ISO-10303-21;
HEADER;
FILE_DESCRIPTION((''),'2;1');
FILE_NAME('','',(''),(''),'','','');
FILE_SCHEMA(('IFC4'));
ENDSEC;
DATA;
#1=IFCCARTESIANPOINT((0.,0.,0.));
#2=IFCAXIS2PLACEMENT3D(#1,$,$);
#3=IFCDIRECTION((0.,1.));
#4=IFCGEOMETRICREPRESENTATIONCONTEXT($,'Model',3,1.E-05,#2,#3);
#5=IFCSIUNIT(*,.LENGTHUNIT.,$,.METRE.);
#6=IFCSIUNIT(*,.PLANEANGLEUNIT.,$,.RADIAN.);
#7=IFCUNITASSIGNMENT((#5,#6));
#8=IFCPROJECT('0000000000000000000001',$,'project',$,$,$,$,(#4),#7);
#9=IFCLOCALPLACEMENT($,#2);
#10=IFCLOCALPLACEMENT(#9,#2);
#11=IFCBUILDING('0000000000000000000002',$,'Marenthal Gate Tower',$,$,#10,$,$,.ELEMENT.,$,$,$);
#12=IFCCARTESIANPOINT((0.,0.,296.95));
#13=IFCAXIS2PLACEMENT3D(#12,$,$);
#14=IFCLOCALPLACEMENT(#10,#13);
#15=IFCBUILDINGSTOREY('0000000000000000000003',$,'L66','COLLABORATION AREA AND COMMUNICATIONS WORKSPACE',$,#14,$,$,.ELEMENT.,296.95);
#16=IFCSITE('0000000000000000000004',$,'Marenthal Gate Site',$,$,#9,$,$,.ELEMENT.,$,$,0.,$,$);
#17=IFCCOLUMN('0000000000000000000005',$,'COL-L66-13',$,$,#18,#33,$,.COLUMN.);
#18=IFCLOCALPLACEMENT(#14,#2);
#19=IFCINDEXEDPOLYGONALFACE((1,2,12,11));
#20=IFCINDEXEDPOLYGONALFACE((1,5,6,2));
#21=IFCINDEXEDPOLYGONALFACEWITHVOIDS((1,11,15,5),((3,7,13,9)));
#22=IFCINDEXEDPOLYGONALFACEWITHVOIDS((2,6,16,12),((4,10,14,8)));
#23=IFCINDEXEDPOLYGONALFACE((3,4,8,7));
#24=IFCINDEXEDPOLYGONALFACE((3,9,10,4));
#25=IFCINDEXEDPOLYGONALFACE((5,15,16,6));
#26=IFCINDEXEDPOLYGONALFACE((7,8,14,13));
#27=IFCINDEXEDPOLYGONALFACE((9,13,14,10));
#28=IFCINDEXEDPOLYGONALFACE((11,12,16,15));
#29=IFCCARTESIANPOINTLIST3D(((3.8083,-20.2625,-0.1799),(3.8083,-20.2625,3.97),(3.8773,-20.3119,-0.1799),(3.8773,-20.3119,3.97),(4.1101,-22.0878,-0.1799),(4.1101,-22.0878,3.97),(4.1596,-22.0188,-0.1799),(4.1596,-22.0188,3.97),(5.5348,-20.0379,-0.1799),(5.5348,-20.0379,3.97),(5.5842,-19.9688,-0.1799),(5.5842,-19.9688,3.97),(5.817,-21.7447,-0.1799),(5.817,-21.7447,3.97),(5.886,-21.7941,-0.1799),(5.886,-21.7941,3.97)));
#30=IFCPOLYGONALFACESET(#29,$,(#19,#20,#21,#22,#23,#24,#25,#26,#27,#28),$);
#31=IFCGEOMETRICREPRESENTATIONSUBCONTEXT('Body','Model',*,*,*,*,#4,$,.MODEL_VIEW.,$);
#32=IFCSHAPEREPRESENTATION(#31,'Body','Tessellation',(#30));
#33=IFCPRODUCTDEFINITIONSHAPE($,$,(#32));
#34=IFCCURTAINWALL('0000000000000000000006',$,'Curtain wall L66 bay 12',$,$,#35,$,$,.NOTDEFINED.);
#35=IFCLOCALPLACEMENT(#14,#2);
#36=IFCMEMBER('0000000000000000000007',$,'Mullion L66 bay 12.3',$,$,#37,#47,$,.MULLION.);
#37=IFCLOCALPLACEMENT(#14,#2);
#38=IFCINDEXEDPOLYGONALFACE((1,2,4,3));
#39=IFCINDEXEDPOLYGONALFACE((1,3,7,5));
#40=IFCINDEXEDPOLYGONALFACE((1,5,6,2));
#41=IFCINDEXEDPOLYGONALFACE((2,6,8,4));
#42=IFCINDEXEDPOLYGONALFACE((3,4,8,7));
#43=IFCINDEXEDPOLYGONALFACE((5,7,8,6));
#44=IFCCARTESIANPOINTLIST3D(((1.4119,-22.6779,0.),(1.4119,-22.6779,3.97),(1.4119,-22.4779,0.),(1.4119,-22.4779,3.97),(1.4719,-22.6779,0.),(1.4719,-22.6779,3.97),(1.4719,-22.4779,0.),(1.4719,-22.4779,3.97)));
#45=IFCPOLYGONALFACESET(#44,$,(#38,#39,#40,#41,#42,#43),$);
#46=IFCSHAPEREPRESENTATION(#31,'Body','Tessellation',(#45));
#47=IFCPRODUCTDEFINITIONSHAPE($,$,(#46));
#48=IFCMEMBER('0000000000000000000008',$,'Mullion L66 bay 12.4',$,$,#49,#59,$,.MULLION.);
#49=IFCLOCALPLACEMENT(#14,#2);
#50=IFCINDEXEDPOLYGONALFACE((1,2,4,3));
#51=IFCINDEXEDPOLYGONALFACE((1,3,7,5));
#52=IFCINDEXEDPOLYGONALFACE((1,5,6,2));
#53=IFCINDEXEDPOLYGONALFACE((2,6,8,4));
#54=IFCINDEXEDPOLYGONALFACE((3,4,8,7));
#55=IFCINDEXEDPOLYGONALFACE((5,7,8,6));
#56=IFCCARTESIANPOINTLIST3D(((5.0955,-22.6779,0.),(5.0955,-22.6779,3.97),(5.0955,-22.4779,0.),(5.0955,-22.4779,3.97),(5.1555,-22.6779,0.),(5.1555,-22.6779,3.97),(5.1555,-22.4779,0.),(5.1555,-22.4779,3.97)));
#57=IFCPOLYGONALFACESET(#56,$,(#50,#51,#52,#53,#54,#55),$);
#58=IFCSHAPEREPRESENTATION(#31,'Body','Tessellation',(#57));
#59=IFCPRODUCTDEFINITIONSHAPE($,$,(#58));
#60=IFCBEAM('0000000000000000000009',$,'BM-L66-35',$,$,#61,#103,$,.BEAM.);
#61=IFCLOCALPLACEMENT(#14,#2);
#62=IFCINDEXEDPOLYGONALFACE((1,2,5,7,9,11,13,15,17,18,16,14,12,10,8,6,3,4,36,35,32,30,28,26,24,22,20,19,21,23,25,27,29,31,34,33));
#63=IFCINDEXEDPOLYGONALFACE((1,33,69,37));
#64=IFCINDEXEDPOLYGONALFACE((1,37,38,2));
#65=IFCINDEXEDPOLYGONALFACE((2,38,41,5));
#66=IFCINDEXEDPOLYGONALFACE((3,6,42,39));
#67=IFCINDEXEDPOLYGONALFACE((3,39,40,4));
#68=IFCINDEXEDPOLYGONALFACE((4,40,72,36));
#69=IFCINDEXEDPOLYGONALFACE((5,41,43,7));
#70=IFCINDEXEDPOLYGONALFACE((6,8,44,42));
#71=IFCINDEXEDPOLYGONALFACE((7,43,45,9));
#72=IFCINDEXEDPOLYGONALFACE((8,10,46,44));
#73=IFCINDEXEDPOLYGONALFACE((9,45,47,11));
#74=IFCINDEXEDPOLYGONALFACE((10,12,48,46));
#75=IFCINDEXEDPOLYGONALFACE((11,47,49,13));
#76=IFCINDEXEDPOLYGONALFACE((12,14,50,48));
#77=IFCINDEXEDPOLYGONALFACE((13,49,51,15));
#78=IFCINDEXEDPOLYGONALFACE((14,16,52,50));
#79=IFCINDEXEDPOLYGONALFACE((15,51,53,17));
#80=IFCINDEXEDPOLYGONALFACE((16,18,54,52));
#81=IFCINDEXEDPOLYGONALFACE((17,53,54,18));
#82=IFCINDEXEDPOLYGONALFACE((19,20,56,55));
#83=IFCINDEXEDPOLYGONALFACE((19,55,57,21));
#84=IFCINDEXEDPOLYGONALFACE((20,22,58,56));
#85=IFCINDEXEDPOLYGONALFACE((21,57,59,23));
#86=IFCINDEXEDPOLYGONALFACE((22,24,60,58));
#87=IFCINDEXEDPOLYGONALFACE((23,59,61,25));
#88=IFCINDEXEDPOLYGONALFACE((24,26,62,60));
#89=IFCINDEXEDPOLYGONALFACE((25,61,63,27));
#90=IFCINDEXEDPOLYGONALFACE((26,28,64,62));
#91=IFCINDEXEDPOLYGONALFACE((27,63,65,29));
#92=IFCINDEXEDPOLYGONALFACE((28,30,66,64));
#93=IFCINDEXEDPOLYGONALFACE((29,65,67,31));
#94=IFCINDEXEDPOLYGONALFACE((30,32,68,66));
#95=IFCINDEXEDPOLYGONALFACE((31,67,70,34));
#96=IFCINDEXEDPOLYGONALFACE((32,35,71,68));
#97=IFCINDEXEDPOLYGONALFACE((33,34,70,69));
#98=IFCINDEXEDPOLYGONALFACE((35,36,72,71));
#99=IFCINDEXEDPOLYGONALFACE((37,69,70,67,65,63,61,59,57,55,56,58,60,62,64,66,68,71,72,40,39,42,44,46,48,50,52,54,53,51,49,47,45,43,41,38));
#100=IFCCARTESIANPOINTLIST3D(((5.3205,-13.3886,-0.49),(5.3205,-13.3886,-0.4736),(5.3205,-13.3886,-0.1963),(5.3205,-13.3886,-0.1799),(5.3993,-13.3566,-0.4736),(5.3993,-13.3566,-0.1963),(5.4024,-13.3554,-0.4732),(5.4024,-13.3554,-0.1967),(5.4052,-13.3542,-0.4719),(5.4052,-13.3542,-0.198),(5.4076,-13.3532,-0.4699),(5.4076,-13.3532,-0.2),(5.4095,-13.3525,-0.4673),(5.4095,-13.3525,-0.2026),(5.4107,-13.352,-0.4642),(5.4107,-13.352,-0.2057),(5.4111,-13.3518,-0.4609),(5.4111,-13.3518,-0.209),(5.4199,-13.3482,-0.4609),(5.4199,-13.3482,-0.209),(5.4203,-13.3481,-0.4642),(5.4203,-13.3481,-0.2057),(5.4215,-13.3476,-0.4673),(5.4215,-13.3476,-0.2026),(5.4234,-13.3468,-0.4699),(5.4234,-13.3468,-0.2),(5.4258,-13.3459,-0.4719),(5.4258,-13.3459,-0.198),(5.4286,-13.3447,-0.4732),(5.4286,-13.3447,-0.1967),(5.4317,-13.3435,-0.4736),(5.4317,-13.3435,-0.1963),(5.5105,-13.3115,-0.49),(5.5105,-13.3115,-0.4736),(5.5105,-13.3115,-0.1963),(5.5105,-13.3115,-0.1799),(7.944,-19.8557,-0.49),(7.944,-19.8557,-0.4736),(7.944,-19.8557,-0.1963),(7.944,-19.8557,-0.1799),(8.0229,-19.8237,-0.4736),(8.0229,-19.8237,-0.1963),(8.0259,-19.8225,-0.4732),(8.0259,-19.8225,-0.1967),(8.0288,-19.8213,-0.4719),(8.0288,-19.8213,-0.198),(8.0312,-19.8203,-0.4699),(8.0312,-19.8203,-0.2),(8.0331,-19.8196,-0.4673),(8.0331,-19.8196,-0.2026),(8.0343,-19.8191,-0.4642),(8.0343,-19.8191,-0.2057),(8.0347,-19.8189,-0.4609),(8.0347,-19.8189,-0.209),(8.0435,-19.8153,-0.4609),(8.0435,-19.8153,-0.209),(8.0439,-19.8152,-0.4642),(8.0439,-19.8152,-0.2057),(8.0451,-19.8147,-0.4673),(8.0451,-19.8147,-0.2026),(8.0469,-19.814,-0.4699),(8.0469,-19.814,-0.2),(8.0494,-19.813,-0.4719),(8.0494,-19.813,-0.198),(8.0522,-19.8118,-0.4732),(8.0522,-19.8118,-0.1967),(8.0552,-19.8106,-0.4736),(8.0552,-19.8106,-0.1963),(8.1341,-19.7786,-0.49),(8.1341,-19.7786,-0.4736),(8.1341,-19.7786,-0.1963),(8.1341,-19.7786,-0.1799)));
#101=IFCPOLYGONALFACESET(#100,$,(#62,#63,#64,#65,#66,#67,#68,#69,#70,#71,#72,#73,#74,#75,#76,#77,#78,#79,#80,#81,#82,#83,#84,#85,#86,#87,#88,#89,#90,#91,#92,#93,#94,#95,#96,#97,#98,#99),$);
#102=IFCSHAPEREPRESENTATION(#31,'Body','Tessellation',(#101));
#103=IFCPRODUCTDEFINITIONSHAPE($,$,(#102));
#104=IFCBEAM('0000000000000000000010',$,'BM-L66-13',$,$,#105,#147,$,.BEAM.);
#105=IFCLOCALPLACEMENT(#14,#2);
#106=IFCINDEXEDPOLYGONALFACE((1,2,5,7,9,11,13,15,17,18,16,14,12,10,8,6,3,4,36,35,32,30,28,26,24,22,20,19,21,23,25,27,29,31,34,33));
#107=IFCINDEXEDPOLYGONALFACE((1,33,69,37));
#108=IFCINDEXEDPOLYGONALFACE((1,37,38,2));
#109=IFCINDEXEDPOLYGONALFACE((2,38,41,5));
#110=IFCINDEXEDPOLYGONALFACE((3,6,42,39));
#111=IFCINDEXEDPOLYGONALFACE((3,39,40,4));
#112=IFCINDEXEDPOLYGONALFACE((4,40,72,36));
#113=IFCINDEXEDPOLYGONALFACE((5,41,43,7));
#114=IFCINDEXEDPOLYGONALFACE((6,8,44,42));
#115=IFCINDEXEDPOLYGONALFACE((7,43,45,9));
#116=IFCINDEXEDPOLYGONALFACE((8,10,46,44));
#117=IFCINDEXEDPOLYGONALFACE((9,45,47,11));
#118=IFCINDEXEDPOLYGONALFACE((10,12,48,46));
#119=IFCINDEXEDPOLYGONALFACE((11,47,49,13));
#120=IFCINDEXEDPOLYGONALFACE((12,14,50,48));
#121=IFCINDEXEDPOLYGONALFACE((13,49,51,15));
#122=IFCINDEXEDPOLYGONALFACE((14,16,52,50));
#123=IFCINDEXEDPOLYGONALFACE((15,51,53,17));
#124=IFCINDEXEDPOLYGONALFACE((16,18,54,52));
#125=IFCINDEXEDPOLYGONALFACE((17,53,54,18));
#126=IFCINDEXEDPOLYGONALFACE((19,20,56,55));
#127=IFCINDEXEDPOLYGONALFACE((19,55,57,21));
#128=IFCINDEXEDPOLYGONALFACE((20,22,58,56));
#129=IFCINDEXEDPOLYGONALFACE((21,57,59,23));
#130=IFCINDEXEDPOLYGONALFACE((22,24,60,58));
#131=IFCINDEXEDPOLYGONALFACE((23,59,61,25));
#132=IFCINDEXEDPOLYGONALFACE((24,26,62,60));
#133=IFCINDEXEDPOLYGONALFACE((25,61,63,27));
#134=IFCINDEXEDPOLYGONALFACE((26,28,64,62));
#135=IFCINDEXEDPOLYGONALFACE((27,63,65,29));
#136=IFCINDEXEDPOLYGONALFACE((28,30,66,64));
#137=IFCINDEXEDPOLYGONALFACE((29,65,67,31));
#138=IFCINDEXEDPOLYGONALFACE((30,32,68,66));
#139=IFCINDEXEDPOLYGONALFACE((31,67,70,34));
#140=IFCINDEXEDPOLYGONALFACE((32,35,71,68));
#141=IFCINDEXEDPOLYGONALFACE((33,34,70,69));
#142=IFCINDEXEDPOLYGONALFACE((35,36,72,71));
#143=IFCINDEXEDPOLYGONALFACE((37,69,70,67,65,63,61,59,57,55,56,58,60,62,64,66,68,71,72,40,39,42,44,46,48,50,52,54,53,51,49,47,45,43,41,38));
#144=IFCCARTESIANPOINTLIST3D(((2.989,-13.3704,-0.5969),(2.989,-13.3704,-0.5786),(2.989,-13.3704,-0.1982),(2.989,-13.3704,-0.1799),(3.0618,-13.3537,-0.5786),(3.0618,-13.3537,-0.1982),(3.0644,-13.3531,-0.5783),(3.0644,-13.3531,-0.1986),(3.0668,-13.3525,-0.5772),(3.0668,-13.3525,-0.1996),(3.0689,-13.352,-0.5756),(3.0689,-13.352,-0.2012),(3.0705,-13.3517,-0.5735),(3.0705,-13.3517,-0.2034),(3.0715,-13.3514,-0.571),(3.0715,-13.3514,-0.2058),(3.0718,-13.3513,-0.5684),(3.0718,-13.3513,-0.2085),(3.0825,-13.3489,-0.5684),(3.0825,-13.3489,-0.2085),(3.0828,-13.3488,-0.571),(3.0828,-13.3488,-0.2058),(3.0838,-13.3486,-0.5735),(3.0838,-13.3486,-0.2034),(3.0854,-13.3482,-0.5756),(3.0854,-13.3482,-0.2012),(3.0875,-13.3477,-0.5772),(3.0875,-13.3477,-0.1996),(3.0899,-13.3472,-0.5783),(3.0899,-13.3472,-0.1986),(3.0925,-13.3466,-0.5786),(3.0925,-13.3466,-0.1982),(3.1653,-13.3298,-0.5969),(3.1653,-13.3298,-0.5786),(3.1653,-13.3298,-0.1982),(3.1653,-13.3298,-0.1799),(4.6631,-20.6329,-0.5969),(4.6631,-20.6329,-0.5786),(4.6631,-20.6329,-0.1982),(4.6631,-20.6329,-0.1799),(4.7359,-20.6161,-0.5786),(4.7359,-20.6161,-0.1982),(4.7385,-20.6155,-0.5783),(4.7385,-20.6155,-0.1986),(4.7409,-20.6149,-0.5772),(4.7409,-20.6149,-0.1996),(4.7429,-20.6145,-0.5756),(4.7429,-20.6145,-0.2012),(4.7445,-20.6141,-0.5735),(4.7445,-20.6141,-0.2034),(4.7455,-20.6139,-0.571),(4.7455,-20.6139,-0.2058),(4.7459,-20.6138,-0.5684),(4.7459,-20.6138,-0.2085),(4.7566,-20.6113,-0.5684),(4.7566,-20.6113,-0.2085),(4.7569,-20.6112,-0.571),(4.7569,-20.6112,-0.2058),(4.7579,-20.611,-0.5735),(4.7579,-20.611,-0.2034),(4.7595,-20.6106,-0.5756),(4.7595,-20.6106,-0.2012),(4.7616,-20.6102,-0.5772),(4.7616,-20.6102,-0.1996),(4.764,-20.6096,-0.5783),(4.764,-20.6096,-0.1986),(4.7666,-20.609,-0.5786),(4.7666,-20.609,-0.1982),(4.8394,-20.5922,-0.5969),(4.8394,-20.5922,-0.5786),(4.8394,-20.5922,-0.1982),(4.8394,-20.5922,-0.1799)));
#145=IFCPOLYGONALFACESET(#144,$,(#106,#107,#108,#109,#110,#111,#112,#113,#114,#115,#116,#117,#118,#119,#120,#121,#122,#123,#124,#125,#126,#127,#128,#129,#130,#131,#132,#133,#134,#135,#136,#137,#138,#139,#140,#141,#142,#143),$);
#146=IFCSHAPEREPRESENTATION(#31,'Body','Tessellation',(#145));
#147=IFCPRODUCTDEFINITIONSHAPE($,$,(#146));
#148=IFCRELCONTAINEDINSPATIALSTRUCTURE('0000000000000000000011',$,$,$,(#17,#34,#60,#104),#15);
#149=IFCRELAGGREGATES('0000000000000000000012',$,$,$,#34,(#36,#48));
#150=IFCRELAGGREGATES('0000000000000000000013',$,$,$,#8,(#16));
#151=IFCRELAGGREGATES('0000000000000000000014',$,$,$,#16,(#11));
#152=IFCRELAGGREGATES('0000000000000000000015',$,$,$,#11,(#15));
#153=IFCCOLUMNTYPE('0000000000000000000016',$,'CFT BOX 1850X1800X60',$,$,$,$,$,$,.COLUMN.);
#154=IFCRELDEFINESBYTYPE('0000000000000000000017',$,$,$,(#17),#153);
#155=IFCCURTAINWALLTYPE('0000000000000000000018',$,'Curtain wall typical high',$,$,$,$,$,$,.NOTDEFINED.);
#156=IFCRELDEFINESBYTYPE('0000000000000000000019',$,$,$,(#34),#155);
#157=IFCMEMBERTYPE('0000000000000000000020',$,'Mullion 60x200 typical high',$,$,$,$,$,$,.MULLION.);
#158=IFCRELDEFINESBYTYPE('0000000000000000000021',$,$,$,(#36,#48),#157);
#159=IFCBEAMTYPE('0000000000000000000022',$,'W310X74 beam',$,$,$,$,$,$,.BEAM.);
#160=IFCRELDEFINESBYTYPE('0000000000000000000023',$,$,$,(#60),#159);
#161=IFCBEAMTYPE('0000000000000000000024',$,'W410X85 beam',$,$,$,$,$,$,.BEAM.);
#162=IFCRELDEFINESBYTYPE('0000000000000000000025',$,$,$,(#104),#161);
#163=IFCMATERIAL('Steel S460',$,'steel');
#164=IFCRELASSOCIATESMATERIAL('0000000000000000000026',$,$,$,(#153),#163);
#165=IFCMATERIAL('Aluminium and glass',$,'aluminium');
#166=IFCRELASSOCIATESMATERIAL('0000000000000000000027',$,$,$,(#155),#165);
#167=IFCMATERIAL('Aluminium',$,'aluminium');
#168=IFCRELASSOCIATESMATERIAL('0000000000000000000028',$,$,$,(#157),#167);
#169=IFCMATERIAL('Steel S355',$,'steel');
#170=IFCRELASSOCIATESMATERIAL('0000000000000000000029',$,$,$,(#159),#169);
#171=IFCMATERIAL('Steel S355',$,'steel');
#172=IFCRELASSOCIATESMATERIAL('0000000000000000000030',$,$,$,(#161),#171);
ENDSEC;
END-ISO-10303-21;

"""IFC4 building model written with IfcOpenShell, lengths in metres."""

from ifc_helpers import new_model, si_unit, direction, frame, origin, origin_2d, place, context, subcontext, project, spatial, rectangle, hollow_rectangle, i_section, extrude, material, material_profile, profile_set, type_object, element, aggregate, save


model = new_model("IFC4")

# Units and contexts
model_context = context("Model", 3, precision=1e-05, world=origin(), true_north=direction((0.0, 1.0)))
body_context = subcontext(model_context, "Body", "Model", "MODEL_VIEW")
ifc_project = project(units=[si_unit("LENGTHUNIT", "METRE"), si_unit("PLANEANGLEUNIT", "RADIAN")], contexts=[model_context])

# Site, building, storey
site_placement = place(None, origin())
site = spatial("IfcSite", under=ifc_project, at=site_placement, Name="Marenthal Gate Site", CompositionType="ELEMENT", RefElevation=0.0)
building_placement = place(site_placement, origin())
building = spatial("IfcBuilding", under=site, at=building_placement, Name="Marenthal Gate Tower", CompositionType="ELEMENT")
storey_placement = place(building_placement, frame((0.0, 0.0, 296.95)))
storey = spatial("IfcBuildingStorey", under=building, at=storey_placement, Name="L66", Description="COLLABORATION AREA AND COMMUNICATIONS WORKSPACE", CompositionType="ELEMENT", Elevation=296.95)

# Column
ifc_material_1 = material(Name="Steel S460", Category="steel")
ifc_material_profile_1 = material_profile(ifc_material_1, hollow_rectangle(XDim=1.8, YDim=1.8501, WallThickness=0.0601, at=origin_2d()), Name="CFT BOX 1850X1800X60")
ifc_material_2 = material(Name="Concrete 70 MPa", Category="concrete")
ifc_material_profile_2 = material_profile(ifc_material_2, rectangle(XDim=1.6799, YDim=1.73, at=origin_2d()), Name="CFT BOX 1850X1800X60 INFILL")
ifc_profile_set_1 = profile_set([ifc_material_profile_1, ifc_material_profile_2], Name="Steel S460 shell, Concrete 70 MPa infill")
column_type = type_object("IfcColumnType", Name="CFT BOX 1850X1800X60", PredefinedType="COLUMN", material=ifc_profile_set_1)
column_placement = place(storey_placement, frame((4.8472, -21.0283, -0.1799), z_axis=(0.0, 0.0, 1.0), x_axis=(-0.986603, -0.163137, 0.0)))
element("IfcColumn", 1, at=column_placement, inside=storey, type_object=column_type, Name="COL-L66-13", PredefinedType="COLUMN", context=body_context, shape_type="SweptSolid", body=[
    extrude(hollow_rectangle(XDim=1.8, YDim=1.8501, WallThickness=0.0601, at=origin_2d()), origin(), (0.0, 0.0, 1.0), 4.1499),
])

# Curtain wall, members
ifc_material_3 = material(Name="Aluminium and glass", Category="aluminium")
curtain_wall_type = type_object("IfcCurtainWallType", Name="Curtain wall typical high", PredefinedType="NOTDEFINED", material=ifc_material_3)
curtain_wall_placement = place(storey_placement, origin())
curtain_wall = element("IfcCurtainWall", 2, at=curtain_wall_placement, inside=storey, type_object=curtain_wall_type, Name="Curtain wall L66 bay 12", PredefinedType="NOTDEFINED")
ifc_material_4 = material(Name="Aluminium", Category="aluminium")
ifc_material_profile_3 = material_profile(ifc_material_4, rectangle(XDim=0.2, YDim=0.0601, at=origin_2d()), Name="60x200 aluminium mullion")
ifc_profile_set_2 = profile_set([ifc_material_profile_3], Name="Aluminium")
member_type = type_object("IfcMemberType", Name="Mullion 60x200 typical high", PredefinedType="MULLION", material=ifc_profile_set_2)
member_1_placement = place(storey_placement, frame((1.4419, -22.5779, 0.0), z_axis=(0.0, 0.0, 1.0), x_axis=(0.0, 1.0, 0.0)))
member_1 = element("IfcMember", 3, at=member_1_placement, type_object=member_type, Name="Mullion L66 bay 12.3", PredefinedType="MULLION", context=body_context, shape_type="SweptSolid", body=[
    extrude(rectangle(XDim=0.2, YDim=0.0601, at=origin_2d()), origin(), (0.0, 0.0, 1.0), 3.97),
])
member_2_placement = place(storey_placement, frame((5.1255, -22.5779, 0.0), z_axis=(0.0, 0.0, 1.0), x_axis=(0.0, 1.0, 0.0)))
member_2 = element("IfcMember", 4, at=member_2_placement, type_object=member_type, Name="Mullion L66 bay 12.4", PredefinedType="MULLION", context=body_context, shape_type="SweptSolid", body=[
    extrude(rectangle(XDim=0.2, YDim=0.0601, at=origin_2d()), origin(), (0.0, 0.0, 1.0), 3.97),
])

# Beams
ifc_material_5 = material(Name="Steel S355", Category="steel")
ifc_material_profile_4 = material_profile(ifc_material_5, i_section(OverallWidth=0.2051, OverallDepth=0.3101, WebThickness=0.0095, FlangeThickness=0.0164, FilletRadius=0.0127, at=origin_2d()), Name="W310X74")
ifc_profile_set_3 = profile_set([ifc_material_profile_4], Name="Steel S355")
beam_type_1 = type_object("IfcBeamType", Name="W310X74 beam", PredefinedType="BEAM", material=ifc_profile_set_3)
beam_1_placement = place(storey_placement, frame((8.0391, -19.8171, -0.335), z_axis=(-0.375922, 0.926651, 0.0), x_axis=(-0.926651, -0.375922, 0.0)))
element("IfcBeam", 5, at=beam_1_placement, inside=storey, type_object=beam_type_1, Name="BM-L66-35", PredefinedType="BEAM", context=body_context, shape_type="SweptSolid", body=[
    extrude(i_section(OverallWidth=0.2051, OverallDepth=0.3101, WebThickness=0.0095, FlangeThickness=0.0164, FilletRadius=0.0127, at=origin_2d()), origin(), (0.0, 0.0, 1.0), 6.979),
])
ifc_material_6 = material(Name="Steel S355", Category="steel")
ifc_material_profile_5 = material_profile(ifc_material_6, i_section(OverallWidth=0.1809, OverallDepth=0.417, WebThickness=0.011, FlangeThickness=0.0183, FilletRadius=0.0103, at=origin_2d()), Name="W410X85")
ifc_profile_set_4 = profile_set([ifc_material_profile_5], Name="Steel S355")
beam_type_2 = type_object("IfcBeamType", Name="W410X85 beam", PredefinedType="BEAM", material=ifc_profile_set_4)
beam_2_placement = place(storey_placement, frame((4.7512, -20.6125, -0.3884), z_axis=(-0.22462, 0.974446, 0.0), x_axis=(-0.974446, -0.22462, 0.0)))
element("IfcBeam", 6, at=beam_2_placement, inside=storey, type_object=beam_type_2, Name="BM-L66-13", PredefinedType="BEAM", context=body_context, shape_type="SweptSolid", body=[
    extrude(i_section(OverallWidth=0.1809, OverallDepth=0.417, WebThickness=0.011, FlangeThickness=0.0183, FilletRadius=0.0103, at=origin_2d()), origin(), (0.0, 0.0, 1.0), 7.4529),
])

aggregate(curtain_wall, [member_1, member_2])

save(model, "model.ifc")
